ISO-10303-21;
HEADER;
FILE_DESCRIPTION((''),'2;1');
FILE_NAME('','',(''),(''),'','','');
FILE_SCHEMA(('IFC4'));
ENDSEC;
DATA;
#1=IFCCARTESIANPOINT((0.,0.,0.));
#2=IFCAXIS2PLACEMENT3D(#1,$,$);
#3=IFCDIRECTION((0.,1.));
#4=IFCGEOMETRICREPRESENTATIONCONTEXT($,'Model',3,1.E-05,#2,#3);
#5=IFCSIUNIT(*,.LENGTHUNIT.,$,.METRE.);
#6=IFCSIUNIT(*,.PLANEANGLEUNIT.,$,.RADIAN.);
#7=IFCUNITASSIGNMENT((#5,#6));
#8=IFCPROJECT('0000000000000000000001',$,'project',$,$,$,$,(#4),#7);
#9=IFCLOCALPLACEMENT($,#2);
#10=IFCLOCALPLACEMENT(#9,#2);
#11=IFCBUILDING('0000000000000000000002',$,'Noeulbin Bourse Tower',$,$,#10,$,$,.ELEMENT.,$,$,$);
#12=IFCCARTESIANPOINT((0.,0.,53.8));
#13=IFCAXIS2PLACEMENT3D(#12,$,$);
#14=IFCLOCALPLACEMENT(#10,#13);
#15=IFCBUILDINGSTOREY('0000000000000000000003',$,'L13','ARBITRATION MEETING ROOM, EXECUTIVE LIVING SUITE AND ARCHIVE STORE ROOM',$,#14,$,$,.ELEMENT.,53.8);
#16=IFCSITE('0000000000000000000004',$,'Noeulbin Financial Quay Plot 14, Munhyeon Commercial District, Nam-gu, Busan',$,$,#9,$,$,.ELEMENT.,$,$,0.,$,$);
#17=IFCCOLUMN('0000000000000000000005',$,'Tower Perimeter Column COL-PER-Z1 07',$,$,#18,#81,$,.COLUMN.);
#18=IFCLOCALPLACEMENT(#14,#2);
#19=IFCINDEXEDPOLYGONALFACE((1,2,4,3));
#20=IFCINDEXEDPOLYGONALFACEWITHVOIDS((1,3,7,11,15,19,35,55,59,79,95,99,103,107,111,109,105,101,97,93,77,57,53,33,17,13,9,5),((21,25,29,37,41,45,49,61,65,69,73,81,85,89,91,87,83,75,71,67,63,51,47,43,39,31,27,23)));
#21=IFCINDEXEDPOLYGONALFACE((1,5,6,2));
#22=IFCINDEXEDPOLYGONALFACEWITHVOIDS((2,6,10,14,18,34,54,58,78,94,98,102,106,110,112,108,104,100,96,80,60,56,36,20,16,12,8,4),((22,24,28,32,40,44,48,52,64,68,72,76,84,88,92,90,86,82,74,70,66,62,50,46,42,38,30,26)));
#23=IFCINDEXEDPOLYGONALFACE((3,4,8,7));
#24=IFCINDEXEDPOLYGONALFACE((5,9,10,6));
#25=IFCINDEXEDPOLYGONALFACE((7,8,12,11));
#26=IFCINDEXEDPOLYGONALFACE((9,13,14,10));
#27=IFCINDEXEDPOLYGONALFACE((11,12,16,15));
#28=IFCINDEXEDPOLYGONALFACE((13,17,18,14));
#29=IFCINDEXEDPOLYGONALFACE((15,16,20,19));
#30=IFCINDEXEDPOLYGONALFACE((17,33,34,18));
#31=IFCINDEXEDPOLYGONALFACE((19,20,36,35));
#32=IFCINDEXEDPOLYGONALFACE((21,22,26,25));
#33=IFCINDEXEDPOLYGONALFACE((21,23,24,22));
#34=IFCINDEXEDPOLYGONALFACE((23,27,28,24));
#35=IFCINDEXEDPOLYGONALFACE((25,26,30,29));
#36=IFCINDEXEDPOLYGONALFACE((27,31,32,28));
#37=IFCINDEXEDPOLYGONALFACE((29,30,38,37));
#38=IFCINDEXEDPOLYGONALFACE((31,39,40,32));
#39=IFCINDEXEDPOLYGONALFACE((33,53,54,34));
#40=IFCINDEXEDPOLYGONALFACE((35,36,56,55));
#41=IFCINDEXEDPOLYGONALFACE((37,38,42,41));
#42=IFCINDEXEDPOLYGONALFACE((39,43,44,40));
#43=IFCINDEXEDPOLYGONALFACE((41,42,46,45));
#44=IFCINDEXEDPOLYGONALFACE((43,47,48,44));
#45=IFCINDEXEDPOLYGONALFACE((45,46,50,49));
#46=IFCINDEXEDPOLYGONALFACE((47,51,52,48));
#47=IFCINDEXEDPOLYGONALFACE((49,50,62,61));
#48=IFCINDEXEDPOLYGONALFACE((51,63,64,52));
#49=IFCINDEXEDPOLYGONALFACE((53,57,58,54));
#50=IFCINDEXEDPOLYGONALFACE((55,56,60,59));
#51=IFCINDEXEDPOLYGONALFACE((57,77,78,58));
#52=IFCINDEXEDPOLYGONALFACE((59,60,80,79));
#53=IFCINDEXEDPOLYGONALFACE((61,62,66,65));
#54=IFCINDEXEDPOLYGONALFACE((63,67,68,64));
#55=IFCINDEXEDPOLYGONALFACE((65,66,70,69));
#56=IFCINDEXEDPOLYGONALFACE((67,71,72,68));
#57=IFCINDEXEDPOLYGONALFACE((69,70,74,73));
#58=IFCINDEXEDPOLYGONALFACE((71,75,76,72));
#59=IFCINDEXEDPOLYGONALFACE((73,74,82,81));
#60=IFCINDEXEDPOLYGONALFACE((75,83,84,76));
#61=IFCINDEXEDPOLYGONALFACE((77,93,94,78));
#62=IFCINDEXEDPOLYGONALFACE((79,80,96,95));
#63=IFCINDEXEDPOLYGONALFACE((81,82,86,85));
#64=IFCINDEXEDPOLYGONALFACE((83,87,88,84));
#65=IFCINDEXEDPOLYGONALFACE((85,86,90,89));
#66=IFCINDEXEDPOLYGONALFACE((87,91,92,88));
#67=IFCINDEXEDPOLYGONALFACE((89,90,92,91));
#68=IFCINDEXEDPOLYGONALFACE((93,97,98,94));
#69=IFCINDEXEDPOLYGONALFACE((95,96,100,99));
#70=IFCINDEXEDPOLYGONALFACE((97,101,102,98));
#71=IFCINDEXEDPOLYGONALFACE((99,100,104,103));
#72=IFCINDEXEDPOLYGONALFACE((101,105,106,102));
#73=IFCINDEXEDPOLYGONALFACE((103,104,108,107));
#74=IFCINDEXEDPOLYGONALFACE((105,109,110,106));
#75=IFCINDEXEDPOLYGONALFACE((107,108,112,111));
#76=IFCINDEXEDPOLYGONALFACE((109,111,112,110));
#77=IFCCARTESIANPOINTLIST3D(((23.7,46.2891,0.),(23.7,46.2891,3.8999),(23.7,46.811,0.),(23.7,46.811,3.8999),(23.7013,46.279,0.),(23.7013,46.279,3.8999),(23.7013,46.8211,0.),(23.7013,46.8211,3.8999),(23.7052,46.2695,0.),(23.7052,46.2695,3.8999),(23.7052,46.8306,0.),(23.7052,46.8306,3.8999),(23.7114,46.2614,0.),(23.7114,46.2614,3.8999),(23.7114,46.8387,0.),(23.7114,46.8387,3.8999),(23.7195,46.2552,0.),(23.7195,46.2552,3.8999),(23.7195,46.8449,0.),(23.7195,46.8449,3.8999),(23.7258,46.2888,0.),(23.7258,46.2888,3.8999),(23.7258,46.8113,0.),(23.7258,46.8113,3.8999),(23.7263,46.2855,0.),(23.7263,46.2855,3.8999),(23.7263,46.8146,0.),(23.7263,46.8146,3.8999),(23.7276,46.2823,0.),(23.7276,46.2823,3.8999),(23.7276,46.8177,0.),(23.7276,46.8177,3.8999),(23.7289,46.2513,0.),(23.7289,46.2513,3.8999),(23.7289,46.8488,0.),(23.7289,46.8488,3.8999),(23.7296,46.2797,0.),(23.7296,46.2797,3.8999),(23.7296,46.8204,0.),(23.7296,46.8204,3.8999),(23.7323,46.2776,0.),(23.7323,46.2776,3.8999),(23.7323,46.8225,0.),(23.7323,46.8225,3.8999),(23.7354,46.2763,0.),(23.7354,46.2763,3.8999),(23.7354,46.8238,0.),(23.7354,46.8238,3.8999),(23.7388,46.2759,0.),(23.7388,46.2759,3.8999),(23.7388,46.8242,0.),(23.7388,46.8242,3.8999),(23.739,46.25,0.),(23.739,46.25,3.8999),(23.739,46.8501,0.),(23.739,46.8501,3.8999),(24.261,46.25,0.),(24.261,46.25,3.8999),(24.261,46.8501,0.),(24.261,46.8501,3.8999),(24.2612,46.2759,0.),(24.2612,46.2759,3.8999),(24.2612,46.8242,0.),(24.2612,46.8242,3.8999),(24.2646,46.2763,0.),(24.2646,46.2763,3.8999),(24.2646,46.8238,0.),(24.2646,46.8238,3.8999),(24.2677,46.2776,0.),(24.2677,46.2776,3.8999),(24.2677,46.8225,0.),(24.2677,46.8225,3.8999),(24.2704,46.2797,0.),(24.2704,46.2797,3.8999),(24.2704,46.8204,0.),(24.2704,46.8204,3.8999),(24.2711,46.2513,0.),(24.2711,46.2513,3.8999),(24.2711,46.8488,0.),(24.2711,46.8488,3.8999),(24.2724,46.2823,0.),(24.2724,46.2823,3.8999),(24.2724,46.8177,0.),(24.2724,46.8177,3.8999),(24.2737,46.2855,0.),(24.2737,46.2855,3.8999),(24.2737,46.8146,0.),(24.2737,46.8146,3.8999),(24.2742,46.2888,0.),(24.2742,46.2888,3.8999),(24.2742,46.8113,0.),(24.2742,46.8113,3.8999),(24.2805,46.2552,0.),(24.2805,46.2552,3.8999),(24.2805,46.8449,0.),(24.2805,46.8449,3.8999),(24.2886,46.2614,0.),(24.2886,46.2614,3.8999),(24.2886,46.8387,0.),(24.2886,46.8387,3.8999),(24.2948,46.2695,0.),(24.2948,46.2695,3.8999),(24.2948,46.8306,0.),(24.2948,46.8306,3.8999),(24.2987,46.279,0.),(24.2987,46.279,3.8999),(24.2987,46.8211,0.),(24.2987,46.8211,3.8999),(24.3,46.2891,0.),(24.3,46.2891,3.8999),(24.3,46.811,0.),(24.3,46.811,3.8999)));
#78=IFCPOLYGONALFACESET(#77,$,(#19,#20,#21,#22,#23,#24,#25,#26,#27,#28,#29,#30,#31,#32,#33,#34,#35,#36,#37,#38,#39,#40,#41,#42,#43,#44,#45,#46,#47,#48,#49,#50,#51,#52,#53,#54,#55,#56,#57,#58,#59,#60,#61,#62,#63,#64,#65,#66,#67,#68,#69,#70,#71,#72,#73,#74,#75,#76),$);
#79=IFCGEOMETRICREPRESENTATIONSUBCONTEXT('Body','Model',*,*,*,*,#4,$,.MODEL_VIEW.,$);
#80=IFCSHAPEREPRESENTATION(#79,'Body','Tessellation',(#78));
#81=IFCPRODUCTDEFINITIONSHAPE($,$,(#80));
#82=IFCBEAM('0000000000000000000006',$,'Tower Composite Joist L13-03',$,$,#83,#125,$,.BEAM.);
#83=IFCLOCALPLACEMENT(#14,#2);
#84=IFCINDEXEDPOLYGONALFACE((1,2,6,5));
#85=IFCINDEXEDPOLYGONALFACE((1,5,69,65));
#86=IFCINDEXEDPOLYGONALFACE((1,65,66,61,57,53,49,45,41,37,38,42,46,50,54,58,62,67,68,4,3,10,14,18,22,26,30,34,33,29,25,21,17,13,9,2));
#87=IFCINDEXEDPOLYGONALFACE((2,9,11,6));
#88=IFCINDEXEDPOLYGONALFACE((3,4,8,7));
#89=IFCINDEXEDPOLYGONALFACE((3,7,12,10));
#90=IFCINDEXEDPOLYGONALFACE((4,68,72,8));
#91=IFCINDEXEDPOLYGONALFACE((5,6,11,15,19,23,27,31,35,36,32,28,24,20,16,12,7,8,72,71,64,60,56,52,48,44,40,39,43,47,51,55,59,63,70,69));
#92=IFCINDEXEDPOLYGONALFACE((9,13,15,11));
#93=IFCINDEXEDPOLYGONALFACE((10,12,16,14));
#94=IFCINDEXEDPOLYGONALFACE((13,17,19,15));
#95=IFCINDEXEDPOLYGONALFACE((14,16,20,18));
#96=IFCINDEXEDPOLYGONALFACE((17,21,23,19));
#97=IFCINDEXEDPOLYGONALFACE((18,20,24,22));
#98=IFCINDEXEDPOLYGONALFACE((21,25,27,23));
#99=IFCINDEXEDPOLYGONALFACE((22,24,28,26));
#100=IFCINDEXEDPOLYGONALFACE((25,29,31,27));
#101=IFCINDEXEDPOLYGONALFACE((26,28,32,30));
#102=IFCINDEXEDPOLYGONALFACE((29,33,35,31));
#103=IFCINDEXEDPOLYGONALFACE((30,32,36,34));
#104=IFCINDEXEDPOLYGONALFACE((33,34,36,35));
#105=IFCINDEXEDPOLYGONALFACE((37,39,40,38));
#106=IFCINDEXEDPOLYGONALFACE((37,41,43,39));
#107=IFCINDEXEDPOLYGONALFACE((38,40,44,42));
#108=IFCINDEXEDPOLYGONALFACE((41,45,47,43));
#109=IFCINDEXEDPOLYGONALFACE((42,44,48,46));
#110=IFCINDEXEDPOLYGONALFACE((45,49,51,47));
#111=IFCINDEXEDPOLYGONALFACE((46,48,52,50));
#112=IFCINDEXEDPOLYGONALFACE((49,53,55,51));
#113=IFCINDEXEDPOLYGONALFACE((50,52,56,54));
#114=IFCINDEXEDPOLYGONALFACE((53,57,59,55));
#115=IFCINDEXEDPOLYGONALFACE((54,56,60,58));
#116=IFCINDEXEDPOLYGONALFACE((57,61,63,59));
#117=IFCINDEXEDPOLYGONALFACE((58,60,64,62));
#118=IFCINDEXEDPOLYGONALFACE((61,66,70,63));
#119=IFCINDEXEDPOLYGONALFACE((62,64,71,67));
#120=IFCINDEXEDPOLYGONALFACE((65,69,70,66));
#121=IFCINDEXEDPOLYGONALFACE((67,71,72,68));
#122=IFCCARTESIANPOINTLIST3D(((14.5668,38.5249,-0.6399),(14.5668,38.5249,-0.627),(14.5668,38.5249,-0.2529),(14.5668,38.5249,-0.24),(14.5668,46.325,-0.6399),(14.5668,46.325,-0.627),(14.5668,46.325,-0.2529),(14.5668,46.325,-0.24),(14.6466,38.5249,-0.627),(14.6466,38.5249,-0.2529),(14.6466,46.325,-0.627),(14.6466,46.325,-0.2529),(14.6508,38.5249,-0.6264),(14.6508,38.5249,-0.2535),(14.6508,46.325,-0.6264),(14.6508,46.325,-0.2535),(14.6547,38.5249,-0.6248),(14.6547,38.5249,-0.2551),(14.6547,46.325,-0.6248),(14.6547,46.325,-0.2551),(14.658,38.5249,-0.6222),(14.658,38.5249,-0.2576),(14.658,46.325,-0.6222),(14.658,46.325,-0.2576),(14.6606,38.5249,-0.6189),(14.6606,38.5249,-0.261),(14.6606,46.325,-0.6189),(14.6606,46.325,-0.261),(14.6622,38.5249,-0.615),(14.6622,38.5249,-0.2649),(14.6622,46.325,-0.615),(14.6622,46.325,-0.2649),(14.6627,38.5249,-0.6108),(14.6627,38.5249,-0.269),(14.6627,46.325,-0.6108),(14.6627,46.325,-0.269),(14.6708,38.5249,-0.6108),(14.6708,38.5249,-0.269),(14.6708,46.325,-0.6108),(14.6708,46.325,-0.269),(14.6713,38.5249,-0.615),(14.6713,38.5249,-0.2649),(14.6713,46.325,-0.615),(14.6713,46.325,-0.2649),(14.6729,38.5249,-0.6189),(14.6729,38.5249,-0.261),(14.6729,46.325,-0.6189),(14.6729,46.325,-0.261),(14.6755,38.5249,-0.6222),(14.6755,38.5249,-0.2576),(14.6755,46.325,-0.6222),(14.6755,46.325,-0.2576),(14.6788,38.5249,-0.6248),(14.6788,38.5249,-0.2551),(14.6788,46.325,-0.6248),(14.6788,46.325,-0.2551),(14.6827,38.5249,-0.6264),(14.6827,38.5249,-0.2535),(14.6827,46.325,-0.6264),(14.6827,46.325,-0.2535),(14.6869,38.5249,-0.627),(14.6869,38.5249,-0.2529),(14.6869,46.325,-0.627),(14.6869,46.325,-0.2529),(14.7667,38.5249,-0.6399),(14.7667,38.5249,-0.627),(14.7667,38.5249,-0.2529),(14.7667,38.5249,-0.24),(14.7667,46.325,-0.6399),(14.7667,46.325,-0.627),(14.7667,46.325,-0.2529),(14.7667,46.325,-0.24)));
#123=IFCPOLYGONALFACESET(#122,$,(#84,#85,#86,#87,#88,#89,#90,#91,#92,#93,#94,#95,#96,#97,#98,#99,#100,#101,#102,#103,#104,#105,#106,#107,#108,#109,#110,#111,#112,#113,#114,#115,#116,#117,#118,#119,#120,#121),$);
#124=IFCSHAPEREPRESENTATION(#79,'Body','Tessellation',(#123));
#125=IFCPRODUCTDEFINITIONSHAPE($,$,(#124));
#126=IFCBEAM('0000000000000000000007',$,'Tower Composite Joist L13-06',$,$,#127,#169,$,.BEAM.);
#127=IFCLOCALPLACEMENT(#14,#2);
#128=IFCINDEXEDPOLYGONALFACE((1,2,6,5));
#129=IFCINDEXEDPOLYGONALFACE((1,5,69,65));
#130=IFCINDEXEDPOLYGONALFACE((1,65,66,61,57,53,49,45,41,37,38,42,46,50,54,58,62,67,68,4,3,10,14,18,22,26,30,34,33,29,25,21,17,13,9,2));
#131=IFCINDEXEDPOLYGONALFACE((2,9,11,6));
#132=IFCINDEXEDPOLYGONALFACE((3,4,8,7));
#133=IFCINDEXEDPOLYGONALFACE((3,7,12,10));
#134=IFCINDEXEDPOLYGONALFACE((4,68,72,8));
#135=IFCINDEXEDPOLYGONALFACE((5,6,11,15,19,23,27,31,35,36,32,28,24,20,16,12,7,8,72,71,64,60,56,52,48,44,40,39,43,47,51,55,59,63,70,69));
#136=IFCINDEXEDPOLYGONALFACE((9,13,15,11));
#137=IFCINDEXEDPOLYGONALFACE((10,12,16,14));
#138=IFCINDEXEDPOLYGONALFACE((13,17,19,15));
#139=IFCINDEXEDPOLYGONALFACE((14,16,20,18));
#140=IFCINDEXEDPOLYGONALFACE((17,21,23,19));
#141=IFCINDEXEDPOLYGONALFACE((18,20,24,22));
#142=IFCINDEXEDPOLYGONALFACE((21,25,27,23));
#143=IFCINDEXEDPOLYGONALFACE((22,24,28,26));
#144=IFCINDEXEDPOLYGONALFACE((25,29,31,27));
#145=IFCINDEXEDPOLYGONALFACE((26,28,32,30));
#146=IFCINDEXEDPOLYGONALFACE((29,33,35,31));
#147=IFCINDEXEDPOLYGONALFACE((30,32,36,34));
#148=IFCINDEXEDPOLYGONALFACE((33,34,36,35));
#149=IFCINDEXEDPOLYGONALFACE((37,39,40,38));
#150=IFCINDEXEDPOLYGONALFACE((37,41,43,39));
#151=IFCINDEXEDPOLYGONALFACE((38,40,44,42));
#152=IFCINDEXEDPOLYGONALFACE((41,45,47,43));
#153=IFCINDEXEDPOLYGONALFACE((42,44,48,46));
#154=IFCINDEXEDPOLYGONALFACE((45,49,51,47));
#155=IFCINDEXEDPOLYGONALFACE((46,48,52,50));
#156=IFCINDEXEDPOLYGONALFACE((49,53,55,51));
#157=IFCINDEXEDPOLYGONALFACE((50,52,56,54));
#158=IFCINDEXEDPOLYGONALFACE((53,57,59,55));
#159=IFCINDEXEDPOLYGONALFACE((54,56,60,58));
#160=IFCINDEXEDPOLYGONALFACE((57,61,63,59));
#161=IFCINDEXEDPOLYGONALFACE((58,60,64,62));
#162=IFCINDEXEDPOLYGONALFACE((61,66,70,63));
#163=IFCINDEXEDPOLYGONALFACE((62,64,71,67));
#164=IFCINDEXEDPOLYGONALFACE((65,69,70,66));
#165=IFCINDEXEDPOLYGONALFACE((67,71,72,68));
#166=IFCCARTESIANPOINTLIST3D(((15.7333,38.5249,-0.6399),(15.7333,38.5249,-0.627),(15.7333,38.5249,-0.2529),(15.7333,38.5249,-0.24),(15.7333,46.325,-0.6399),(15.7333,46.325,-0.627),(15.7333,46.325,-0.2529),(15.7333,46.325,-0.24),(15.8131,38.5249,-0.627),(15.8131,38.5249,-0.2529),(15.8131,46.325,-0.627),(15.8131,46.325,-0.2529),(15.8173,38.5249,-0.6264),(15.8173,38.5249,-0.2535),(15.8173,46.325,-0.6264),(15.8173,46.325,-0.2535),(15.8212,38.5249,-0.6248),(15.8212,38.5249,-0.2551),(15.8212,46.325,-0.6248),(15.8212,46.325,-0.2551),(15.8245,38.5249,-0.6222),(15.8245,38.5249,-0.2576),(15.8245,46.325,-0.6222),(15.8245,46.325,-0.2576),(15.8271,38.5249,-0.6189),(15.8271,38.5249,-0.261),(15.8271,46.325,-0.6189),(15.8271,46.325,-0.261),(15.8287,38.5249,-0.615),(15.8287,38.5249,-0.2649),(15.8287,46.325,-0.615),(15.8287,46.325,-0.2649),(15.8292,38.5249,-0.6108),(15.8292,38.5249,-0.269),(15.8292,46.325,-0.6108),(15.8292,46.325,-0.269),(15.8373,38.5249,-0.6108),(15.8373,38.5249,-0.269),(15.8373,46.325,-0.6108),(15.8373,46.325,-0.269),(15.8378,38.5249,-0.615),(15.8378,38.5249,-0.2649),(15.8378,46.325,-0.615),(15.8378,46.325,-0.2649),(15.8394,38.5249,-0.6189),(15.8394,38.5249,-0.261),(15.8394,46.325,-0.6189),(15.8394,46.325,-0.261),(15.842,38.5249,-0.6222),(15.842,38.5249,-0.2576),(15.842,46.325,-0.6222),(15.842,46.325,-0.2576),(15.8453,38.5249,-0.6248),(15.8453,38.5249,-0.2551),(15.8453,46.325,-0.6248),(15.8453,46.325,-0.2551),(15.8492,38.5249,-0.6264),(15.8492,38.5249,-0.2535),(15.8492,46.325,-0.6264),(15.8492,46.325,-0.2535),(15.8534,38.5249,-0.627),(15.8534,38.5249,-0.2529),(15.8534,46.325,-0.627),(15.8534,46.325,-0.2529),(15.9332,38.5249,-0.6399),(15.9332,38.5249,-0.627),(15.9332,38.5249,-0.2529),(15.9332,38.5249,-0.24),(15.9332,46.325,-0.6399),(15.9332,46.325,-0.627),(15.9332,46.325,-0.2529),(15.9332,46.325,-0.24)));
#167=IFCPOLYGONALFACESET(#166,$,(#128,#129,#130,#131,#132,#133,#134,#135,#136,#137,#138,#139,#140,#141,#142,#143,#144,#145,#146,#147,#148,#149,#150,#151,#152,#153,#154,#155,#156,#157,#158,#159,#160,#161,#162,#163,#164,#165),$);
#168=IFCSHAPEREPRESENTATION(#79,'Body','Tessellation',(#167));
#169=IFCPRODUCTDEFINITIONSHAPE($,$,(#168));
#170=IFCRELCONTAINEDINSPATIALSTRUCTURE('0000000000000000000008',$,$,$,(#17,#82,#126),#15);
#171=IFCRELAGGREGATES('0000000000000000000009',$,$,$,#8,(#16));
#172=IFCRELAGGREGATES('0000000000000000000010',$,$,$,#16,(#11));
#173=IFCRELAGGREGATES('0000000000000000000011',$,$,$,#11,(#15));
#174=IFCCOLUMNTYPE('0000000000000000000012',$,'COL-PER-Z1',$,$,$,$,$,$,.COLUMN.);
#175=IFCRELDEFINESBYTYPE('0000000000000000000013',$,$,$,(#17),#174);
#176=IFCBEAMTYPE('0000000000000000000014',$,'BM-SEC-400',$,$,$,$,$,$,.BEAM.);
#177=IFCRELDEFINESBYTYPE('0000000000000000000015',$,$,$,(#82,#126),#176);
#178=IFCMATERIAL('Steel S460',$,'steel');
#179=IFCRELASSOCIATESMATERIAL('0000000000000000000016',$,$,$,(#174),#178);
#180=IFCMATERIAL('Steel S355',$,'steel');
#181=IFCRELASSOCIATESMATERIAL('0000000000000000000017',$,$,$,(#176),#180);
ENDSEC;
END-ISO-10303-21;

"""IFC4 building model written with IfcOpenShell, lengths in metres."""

from ifc_helpers import new_model, si_unit, direction, frame, origin, origin_2d, place, context, subcontext, project, spatial, hollow_rectangle, i_section, extrude, material, material_profile, profile_set, type_object, element, save


model = new_model("IFC4")

# Units and contexts
model_context = context("Model", 3, precision=1e-05, world=origin(), true_north=direction((0.0, 1.0)))
body_context = subcontext(model_context, "Body", "Model", "MODEL_VIEW")
ifc_project = project(units=[si_unit("LENGTHUNIT", "METRE"), si_unit("PLANEANGLEUNIT", "RADIAN")], contexts=[model_context])

# Site, building, storey
site_placement = place(None, origin())
site = spatial("IfcSite", under=ifc_project, at=site_placement, Name="Noeulbin Financial Quay Plot 14, Munhyeon Commercial District, Nam-gu, Busan", CompositionType="ELEMENT", RefElevation=0.0)
building_placement = place(site_placement, origin())
building = spatial("IfcBuilding", under=site, at=building_placement, Name="Noeulbin Bourse Tower", CompositionType="ELEMENT")
storey_placement = place(building_placement, frame((0.0, 0.0, 53.8)))
storey = spatial("IfcBuildingStorey", under=building, at=storey_placement, Name="L13", Description="ARBITRATION MEETING ROOM, EXECUTIVE LIVING SUITE AND ARCHIVE STORE ROOM", CompositionType="ELEMENT", Elevation=53.8)

# Column
ifc_material_1 = material(Name="Steel S460", Category="steel")
ifc_material_profile_1 = material_profile(ifc_material_1, hollow_rectangle(XDim=0.6001, YDim=0.6001, WallThickness=0.0259, InnerFilletRadius=0.0129, OuterFilletRadius=0.0391, at=origin_2d()), Name="BOX-600x600x26", Category="LoadBearing")
ifc_profile_set_1 = profile_set([ifc_material_profile_1], Name="Steel S460")
column_type = type_object("IfcColumnType", Name="COL-PER-Z1", PredefinedType="COLUMN", material=ifc_profile_set_1)
column_placement = place(storey_placement, frame((24.0, 46.55, 0.0), z_axis=(0.0, 0.0, 1.0), x_axis=(1.0, 0.0, 0.0)))
element("IfcColumn", 1, at=column_placement, inside=storey, type_object=column_type, Name="Tower Perimeter Column COL-PER-Z1 07", PredefinedType="COLUMN", context=body_context, shape_type="SweptSolid", body=[
    extrude(hollow_rectangle(XDim=0.6001, YDim=0.6001, WallThickness=0.0259, InnerFilletRadius=0.0129, OuterFilletRadius=0.0391, at=origin_2d()), origin(), (0.0, 0.0, 1.0), 3.8999),
])

# Beams
ifc_material_2 = material(Name="Steel S355", Category="steel")
ifc_material_profile_2 = material_profile(ifc_material_2, i_section(OverallWidth=0.2, OverallDepth=0.3999, WebThickness=0.0081, FlangeThickness=0.0129, FilletRadius=0.0161, at=origin_2d()), Name="H-400x200x8x13", Category="LoadBearing")
ifc_profile_set_2 = profile_set([ifc_material_profile_2], Name="Steel S355")
beam_type_1 = type_object("IfcBeamType", Name="BM-SEC-400", PredefinedType="BEAM", material=ifc_profile_set_2)
for number, where, z_axis, x_axis, name in (
    (2, (14.6667, 38.5249, -0.4399), (0.0, 1.0, 0.0), (-1.0, 0.0, 0.0), "Tower Composite Joist L13-03"),
    (3, (15.8333, 38.5249, -0.4399), (0.0, 1.0, 0.0), (-1.0, 0.0, 0.0), "Tower Composite Joist L13-06"),
):
    element("IfcBeam", number, at=place(storey_placement, frame(where, z_axis=z_axis, x_axis=x_axis)), inside=storey, type_object=beam_type_1, Name=name, PredefinedType="BEAM", context=body_context, shape_type="SweptSolid", body=[
        extrude(i_section(OverallWidth=0.2, OverallDepth=0.3999, WebThickness=0.0081, FlangeThickness=0.0129, FilletRadius=0.0161, at=origin_2d()), origin(), (0.0, 0.0, 1.0), 7.8),
    ])

save(model, "model.ifc")
